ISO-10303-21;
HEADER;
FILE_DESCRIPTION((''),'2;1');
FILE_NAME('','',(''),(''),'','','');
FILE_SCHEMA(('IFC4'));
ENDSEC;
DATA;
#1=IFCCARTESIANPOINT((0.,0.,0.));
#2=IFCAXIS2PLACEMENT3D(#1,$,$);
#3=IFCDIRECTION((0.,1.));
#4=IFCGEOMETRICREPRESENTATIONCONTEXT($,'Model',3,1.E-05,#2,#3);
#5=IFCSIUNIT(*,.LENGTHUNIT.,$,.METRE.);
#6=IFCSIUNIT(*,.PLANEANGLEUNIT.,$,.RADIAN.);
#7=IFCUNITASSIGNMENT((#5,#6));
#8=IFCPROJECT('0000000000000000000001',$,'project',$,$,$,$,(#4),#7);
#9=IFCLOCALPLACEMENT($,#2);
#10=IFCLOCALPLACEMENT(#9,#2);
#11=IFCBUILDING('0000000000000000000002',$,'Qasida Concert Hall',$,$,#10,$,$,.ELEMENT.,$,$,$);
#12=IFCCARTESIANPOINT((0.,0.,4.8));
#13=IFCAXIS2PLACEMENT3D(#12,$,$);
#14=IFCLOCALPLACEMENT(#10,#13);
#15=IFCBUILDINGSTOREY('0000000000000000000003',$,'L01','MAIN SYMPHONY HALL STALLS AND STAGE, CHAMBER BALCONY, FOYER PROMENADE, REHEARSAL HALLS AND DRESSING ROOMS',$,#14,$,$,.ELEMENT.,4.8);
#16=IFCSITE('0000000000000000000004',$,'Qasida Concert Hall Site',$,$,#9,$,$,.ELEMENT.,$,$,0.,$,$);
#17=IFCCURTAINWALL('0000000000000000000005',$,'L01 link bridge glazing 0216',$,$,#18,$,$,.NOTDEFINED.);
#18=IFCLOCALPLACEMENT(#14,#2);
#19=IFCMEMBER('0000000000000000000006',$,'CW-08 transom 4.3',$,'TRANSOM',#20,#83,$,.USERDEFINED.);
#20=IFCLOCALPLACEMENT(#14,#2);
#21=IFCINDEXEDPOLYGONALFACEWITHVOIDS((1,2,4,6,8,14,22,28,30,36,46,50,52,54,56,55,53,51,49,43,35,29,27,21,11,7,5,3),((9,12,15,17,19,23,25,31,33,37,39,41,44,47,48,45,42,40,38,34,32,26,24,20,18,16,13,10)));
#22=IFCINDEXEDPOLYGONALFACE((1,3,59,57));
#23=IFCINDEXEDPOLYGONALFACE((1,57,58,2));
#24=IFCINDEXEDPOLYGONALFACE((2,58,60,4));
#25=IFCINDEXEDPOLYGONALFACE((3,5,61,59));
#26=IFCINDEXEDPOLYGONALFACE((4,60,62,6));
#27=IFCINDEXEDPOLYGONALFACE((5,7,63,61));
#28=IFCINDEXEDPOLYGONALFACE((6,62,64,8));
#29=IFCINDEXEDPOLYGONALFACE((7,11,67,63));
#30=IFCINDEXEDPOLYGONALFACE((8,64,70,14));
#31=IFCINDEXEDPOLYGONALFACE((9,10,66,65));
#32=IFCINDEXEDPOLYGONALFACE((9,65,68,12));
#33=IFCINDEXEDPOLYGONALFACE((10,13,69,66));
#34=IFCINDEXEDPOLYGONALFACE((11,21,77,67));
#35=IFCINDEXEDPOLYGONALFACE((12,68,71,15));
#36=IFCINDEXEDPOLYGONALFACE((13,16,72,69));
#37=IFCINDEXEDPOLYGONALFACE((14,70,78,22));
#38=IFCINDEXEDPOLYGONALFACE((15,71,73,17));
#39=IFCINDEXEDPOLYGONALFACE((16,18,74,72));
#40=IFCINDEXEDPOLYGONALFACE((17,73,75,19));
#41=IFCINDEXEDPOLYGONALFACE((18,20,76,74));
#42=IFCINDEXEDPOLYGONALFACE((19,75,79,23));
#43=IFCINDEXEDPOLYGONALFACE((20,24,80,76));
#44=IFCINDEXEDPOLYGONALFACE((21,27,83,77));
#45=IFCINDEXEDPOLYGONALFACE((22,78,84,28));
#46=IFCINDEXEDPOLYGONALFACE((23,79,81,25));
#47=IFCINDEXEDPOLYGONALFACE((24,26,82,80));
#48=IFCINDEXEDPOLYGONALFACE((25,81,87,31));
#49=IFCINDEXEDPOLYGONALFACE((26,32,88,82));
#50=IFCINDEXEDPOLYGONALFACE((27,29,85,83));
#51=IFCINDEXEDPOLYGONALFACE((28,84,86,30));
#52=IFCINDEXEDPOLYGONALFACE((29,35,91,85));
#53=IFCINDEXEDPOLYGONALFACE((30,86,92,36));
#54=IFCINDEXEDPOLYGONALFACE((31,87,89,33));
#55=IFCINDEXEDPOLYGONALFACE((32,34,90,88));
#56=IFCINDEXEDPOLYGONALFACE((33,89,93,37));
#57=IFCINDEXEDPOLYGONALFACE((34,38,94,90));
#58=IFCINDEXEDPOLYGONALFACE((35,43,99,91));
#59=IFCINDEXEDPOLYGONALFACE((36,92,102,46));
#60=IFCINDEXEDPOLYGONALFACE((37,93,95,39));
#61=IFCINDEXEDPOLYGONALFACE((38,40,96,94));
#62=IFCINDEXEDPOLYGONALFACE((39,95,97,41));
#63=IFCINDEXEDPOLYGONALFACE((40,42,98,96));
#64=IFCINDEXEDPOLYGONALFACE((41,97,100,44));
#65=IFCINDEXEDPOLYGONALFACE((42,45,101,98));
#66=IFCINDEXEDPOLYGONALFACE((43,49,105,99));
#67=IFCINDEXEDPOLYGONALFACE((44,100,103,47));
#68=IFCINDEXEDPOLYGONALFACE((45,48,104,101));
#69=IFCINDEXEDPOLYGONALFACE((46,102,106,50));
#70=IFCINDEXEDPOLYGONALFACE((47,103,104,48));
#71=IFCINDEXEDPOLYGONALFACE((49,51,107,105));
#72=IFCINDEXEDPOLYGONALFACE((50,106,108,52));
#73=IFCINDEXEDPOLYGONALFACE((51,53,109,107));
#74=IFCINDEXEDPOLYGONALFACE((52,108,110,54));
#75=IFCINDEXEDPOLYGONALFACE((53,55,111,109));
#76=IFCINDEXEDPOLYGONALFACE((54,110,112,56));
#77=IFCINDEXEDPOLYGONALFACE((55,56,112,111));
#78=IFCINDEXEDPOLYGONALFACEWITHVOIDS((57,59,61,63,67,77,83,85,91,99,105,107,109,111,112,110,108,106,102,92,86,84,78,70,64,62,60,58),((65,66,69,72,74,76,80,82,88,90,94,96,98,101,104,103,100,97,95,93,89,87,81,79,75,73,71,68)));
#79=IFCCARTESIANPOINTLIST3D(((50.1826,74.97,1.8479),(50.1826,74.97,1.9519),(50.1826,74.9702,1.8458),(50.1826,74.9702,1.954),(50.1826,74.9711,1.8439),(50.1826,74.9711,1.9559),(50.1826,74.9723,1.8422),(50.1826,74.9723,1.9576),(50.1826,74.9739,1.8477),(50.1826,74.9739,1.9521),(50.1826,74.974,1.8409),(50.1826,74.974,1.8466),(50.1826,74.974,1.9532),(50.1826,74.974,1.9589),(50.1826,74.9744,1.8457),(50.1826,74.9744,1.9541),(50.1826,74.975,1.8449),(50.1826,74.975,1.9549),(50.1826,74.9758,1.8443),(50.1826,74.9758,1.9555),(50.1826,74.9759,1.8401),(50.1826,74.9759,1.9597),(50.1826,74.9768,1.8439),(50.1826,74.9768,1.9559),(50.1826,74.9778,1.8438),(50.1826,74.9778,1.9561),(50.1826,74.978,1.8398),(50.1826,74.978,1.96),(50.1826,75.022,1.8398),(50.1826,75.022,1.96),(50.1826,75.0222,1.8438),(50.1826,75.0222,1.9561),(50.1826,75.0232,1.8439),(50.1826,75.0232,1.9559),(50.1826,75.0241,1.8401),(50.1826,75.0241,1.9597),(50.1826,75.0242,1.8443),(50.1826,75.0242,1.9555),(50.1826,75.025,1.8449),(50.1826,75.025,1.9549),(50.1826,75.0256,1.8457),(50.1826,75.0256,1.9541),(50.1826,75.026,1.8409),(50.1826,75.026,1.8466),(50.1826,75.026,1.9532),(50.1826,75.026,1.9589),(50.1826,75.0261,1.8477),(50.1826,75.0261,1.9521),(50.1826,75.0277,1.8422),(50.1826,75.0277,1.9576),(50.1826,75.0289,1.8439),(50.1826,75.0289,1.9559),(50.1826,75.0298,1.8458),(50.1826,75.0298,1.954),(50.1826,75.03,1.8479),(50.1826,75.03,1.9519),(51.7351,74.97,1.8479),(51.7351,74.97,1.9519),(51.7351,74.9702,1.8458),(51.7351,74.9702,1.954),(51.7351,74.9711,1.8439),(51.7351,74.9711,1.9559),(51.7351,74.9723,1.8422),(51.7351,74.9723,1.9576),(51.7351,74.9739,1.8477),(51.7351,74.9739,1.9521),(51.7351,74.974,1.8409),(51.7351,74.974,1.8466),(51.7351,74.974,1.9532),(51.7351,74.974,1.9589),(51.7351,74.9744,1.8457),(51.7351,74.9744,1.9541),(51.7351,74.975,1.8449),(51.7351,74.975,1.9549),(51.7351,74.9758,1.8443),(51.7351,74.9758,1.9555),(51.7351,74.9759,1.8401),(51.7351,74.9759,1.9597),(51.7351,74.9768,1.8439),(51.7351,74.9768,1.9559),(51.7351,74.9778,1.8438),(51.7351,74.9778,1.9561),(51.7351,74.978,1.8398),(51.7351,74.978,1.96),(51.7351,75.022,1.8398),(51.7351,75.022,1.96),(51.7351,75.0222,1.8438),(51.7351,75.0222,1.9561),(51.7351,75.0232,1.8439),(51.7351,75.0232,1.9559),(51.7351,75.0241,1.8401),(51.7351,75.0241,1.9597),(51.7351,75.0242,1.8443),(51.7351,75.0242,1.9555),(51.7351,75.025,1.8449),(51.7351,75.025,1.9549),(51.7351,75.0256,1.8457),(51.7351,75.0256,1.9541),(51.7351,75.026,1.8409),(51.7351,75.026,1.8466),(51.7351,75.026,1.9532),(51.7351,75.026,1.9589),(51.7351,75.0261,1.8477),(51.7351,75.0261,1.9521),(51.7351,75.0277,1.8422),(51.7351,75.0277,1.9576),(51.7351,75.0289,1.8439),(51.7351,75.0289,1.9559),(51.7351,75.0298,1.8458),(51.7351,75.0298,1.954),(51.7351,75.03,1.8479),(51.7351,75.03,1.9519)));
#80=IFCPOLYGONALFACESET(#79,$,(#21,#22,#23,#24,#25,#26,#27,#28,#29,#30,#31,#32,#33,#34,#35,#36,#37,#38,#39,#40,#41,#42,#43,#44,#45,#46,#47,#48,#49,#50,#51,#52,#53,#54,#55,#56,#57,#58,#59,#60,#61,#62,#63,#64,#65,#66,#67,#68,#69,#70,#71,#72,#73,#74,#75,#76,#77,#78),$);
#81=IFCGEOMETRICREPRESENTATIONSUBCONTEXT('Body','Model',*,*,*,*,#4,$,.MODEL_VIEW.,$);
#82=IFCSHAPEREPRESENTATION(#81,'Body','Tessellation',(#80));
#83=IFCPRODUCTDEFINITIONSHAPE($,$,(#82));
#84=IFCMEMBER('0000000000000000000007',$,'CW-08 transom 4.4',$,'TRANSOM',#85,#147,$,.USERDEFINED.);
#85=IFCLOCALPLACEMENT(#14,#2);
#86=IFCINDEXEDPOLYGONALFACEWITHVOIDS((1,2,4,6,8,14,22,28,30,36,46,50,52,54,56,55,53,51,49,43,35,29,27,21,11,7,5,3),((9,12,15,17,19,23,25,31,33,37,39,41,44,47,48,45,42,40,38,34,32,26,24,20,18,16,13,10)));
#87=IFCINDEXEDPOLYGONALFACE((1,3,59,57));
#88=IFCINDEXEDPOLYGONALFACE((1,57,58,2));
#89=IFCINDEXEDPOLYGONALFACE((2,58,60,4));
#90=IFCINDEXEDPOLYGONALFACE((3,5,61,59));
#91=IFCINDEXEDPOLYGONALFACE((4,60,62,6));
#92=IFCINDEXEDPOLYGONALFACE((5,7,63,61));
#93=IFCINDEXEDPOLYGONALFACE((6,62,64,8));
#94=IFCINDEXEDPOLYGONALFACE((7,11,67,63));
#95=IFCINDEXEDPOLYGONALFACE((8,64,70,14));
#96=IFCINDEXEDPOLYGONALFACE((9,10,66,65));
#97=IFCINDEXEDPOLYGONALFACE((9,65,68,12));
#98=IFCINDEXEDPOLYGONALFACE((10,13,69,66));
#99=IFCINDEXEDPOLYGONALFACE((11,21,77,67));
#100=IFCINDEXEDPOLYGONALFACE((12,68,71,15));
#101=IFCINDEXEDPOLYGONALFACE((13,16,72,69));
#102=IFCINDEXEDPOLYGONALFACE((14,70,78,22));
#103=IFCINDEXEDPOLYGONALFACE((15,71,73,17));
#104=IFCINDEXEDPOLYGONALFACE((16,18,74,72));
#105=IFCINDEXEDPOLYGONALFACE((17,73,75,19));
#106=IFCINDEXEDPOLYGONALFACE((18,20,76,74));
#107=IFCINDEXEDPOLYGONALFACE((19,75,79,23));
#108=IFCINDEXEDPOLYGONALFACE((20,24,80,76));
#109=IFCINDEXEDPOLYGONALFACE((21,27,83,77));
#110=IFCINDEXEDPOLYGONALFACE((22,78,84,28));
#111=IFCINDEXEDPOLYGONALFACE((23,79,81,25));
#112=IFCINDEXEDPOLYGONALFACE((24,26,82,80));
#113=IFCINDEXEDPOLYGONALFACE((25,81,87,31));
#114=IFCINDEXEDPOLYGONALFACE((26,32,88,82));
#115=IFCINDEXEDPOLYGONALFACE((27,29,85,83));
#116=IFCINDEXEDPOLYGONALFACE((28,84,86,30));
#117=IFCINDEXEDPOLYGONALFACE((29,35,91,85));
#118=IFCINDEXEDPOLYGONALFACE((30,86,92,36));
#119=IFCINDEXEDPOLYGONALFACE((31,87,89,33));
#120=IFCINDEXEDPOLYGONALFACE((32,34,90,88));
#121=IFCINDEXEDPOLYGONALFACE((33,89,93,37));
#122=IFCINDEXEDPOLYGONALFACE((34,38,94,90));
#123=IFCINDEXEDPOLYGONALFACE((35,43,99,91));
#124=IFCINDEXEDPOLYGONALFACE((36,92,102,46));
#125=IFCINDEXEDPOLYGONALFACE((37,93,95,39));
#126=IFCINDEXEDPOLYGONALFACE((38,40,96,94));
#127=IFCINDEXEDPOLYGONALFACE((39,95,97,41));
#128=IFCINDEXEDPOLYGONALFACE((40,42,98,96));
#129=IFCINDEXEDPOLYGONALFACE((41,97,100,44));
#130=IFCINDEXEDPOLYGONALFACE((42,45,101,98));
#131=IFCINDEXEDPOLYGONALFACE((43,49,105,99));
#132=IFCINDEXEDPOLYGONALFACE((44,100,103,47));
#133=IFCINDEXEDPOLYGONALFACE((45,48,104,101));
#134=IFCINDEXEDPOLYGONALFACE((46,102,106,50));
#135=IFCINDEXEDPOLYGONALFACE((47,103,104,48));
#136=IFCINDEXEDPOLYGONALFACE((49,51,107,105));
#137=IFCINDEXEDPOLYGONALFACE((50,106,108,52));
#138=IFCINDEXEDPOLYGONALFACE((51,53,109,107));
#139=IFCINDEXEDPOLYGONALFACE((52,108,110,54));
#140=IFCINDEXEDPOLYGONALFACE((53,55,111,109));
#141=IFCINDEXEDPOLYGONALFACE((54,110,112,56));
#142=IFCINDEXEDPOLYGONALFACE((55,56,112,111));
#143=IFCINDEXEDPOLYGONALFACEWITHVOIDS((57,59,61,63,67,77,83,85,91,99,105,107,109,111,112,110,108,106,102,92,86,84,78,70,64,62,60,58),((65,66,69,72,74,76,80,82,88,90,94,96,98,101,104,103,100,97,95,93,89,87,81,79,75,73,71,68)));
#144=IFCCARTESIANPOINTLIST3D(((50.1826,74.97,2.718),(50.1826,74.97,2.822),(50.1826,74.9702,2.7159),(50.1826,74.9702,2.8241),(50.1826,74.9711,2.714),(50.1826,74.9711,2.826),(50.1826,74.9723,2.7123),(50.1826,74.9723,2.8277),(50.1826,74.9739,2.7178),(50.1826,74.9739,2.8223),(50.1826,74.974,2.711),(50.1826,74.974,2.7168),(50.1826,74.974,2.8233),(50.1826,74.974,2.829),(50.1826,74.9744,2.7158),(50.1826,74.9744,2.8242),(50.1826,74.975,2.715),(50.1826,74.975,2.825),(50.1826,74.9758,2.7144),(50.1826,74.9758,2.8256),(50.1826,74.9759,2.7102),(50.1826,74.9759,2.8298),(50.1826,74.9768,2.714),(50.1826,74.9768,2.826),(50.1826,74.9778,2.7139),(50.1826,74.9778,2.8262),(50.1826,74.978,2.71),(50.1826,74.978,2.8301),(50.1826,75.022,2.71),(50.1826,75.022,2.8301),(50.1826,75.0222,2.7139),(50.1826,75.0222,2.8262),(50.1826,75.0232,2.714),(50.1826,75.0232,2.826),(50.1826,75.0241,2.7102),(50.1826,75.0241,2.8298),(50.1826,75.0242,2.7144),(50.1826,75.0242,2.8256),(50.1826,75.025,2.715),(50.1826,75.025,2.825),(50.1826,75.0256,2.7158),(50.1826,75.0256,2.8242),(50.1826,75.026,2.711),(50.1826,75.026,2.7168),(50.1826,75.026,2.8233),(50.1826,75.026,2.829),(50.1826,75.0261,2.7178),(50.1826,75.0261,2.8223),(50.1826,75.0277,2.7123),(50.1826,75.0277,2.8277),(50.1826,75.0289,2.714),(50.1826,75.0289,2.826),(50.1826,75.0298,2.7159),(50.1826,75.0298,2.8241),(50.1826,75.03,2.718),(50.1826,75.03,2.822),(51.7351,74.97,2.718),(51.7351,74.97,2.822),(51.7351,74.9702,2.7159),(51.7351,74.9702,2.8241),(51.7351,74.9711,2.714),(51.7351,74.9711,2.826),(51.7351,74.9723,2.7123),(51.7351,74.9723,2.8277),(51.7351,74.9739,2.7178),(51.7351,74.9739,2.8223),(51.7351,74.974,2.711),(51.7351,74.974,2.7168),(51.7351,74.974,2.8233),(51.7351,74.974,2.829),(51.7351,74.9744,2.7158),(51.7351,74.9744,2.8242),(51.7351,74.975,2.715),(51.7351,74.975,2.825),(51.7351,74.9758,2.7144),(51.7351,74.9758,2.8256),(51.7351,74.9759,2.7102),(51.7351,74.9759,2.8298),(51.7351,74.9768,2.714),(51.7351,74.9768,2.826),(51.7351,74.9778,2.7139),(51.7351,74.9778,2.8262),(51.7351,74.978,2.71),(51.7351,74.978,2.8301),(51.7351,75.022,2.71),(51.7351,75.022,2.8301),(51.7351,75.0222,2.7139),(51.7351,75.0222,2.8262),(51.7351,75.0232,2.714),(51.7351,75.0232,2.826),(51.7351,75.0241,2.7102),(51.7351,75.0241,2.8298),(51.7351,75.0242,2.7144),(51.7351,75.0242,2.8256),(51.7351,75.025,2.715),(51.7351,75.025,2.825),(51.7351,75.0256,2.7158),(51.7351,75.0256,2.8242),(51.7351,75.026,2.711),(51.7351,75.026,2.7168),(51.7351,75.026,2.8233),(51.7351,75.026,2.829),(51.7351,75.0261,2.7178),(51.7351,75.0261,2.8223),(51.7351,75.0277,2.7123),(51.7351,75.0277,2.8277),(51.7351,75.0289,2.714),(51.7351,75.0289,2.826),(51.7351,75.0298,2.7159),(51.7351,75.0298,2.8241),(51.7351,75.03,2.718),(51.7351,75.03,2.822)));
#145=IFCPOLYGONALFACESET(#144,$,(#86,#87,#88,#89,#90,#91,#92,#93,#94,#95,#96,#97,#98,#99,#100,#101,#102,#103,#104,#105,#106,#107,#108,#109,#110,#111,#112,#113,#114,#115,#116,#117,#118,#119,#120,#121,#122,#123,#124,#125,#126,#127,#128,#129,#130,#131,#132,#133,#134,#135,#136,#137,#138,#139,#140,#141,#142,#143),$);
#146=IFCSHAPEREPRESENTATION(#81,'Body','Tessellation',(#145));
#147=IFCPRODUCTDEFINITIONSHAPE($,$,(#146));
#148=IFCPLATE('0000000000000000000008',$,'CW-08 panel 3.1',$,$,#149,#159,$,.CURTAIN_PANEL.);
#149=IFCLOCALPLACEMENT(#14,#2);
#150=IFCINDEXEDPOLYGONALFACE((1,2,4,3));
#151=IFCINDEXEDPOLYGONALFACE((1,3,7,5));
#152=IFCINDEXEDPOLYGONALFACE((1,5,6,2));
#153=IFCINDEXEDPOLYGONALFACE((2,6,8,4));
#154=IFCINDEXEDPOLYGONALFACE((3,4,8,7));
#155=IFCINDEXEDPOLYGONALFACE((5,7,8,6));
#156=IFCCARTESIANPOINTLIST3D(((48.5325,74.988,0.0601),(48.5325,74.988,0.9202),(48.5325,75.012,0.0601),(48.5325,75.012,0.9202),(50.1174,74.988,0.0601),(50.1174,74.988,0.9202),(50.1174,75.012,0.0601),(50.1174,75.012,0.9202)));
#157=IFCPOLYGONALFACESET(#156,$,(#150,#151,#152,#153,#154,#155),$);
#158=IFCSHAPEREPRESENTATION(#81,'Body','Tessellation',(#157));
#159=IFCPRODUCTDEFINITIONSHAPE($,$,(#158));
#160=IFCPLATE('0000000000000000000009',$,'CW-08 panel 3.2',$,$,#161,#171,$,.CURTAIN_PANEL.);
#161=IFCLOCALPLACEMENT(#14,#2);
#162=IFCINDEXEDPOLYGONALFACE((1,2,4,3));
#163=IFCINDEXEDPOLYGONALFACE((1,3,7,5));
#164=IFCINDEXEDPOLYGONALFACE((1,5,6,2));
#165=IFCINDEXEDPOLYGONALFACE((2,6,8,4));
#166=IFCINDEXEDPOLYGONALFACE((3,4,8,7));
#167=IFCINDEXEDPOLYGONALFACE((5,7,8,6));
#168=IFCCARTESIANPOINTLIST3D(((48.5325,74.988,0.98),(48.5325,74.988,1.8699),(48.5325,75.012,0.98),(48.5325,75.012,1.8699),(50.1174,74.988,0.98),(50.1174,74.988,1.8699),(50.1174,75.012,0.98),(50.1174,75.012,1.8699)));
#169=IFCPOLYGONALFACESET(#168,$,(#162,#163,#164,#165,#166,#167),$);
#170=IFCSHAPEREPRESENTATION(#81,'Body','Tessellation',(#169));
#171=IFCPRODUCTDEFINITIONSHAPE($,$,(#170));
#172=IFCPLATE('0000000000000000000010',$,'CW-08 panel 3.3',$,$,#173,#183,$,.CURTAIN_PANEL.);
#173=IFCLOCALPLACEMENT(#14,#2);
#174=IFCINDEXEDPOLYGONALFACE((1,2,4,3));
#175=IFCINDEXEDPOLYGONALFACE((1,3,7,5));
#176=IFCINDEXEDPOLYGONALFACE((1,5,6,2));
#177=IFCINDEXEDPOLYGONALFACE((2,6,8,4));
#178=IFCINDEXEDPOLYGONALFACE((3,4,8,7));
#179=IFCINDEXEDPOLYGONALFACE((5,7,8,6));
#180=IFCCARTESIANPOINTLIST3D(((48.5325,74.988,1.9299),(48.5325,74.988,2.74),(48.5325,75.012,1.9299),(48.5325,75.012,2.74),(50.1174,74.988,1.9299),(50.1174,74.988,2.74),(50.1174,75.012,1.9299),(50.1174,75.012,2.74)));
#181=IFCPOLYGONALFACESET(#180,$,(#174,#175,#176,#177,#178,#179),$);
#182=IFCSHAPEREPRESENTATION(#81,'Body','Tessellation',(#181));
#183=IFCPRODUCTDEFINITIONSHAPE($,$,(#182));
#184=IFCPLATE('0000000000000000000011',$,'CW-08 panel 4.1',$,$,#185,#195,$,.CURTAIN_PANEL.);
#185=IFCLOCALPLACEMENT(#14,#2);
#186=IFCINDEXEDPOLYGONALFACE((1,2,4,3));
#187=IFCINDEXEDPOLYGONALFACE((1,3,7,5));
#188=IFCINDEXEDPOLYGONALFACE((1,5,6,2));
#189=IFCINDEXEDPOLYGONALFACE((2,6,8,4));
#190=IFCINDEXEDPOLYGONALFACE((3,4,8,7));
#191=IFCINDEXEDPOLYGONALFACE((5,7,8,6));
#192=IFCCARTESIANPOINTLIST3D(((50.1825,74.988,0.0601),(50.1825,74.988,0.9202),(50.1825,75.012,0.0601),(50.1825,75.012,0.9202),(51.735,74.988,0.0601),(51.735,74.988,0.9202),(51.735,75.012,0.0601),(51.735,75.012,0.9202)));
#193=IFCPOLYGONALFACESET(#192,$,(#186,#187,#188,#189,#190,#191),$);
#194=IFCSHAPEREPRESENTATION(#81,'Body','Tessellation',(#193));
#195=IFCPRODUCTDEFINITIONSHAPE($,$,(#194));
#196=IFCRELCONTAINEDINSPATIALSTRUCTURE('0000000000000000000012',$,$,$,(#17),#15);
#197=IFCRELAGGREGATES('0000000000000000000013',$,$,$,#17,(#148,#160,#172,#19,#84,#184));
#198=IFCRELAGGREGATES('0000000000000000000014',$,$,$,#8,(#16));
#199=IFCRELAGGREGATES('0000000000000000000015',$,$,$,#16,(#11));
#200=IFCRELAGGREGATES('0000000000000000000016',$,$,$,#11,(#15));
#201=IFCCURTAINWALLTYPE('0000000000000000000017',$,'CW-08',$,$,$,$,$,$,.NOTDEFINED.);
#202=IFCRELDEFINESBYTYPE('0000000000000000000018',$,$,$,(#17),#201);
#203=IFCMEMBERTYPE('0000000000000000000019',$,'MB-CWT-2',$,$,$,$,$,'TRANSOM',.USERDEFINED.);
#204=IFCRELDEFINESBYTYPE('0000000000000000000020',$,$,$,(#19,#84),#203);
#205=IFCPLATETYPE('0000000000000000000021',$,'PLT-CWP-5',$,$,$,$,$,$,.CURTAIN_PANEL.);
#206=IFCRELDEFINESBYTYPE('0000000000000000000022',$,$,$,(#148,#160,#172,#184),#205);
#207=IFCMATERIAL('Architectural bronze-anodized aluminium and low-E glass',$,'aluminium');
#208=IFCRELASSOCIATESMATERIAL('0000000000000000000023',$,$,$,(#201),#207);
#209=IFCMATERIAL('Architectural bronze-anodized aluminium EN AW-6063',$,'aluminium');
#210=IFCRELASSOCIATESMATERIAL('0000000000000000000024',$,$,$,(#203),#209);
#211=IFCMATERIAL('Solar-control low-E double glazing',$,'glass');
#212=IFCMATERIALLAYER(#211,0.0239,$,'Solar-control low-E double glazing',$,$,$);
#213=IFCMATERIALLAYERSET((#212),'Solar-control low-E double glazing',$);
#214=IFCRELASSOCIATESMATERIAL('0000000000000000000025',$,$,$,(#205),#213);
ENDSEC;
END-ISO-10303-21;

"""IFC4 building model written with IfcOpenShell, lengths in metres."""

from ifc_helpers import new_model, si_unit, direction, frame, origin, origin_2d, place, context, subcontext, project, spatial, rectangle, hollow_rectangle, extrude, material, layer, layer_set, material_profile, profile_set, type_object, element, aggregate, save


model = new_model("IFC4")

# Units and contexts
model_context = context("Model", 3, precision=1e-05, world=origin(), true_north=direction((0.0, 1.0)))
body_context = subcontext(model_context, "Body", "Model", "MODEL_VIEW")
ifc_project = project(units=[si_unit("LENGTHUNIT", "METRE"), si_unit("PLANEANGLEUNIT", "RADIAN")], contexts=[model_context])

# Site, building, storey
site_placement = place(None, origin())
site = spatial("IfcSite", under=ifc_project, at=site_placement, Name="Qasida Concert Hall Site", CompositionType="ELEMENT", RefElevation=0.0)
building_placement = place(site_placement, origin())
building = spatial("IfcBuilding", under=site, at=building_placement, Name="Qasida Concert Hall", CompositionType="ELEMENT")
storey_placement = place(building_placement, frame((0.0, 0.0, 4.8)))
storey = spatial("IfcBuildingStorey", under=building, at=storey_placement, Name="L01", Description="MAIN SYMPHONY HALL STALLS AND STAGE, CHAMBER BALCONY, FOYER PROMENADE, REHEARSAL HALLS AND DRESSING ROOMS", CompositionType="ELEMENT", Elevation=4.8)

# Curtain wall, members, plates
ifc_material_1 = material(Name="Architectural bronze-anodized aluminium and low-E glass", Category="aluminium")
curtain_wall_type = type_object("IfcCurtainWallType", Name="CW-08", PredefinedType="NOTDEFINED", material=ifc_material_1)
curtain_wall_placement = place(storey_placement, origin())
curtain_wall = element("IfcCurtainWall", 1, at=curtain_wall_placement, inside=storey, type_object=curtain_wall_type, Name="L01 link bridge glazing 0216", PredefinedType="NOTDEFINED")
ifc_material_2 = material(Name="Architectural bronze-anodized aluminium EN AW-6063", Category="aluminium")
ifc_material_profile_1 = material_profile(ifc_material_2, hollow_rectangle(XDim=0.0601, YDim=0.1201, WallThickness=0.0039, InnerFilletRadius=0.0039, OuterFilletRadius=0.0081, at=origin_2d()), Name="CWT 120x60x4")
ifc_profile_set_1 = profile_set([ifc_material_profile_1], Name="Architectural bronze-anodized aluminium EN AW-6063")
member_type_1 = type_object("IfcMemberType", Name="MB-CWT-2", ElementType="TRANSOM", PredefinedType="USERDEFINED", material=ifc_profile_set_1)
member_1_placement = place(storey_placement, frame((50.1826, 75.0, 1.8999), z_axis=(1.0, 0.0, 0.0), x_axis=(0.0, 1.0, 0.0)))
member_1 = element("IfcMember", 2, at=member_1_placement, type_object=member_type_1, Name="CW-08 transom 4.3", ObjectType="TRANSOM", PredefinedType="USERDEFINED", context=body_context, shape_type="SweptSolid", body=[
    extrude(hollow_rectangle(XDim=0.0601, YDim=0.1201, WallThickness=0.0039, InnerFilletRadius=0.0039, OuterFilletRadius=0.0081, at=origin_2d()), origin(), (0.0, 0.0, 1.0), 1.5525),
])
member_2_placement = place(storey_placement, frame((50.1826, 75.0, 2.77), z_axis=(1.0, 0.0, 0.0), x_axis=(0.0, 1.0, 0.0)))
member_2 = element("IfcMember", 3, at=member_2_placement, type_object=member_type_1, Name="CW-08 transom 4.4", ObjectType="TRANSOM", PredefinedType="USERDEFINED", context=body_context, shape_type="SweptSolid", body=[
    extrude(hollow_rectangle(XDim=0.0601, YDim=0.1201, WallThickness=0.0039, InnerFilletRadius=0.0039, OuterFilletRadius=0.0081, at=origin_2d()), origin(), (0.0, 0.0, 1.0), 1.5525),
])
ifc_material_3 = material(Name="Solar-control low-E double glazing", Category="glass")
ifc_layer = layer(ifc_material_3, 0.0239, Name="Solar-control low-E double glazing")
ifc_layer_set = layer_set([ifc_layer], Name="Solar-control low-E double glazing")
plate_type = type_object("IfcPlateType", Name="PLT-CWP-5", PredefinedType="CURTAIN_PANEL", material=ifc_layer_set)
plate_1_placement = place(storey_placement, frame((49.325, 75.0, 0.0601), z_axis=(0.0, 0.0, 1.0), x_axis=(1.0, 0.0, 0.0)))
plate_1 = element("IfcPlate", 4, at=plate_1_placement, type_object=plate_type, Name="CW-08 panel 3.1", PredefinedType="CURTAIN_PANEL", context=body_context, shape_type="SweptSolid", body=[
    extrude(rectangle(XDim=1.585, YDim=0.0239, at=origin_2d()), origin(), (0.0, 0.0, 1.0), 0.8601),
])
plate_2_placement = place(storey_placement, frame((49.325, 75.0, 0.98), z_axis=(0.0, 0.0, 1.0), x_axis=(1.0, 0.0, 0.0)))
plate_2 = element("IfcPlate", 5, at=plate_2_placement, type_object=plate_type, Name="CW-08 panel 3.2", PredefinedType="CURTAIN_PANEL", context=body_context, shape_type="SweptSolid", body=[
    extrude(rectangle(XDim=1.585, YDim=0.0239, at=origin_2d()), origin(), (0.0, 0.0, 1.0), 0.8899),
])
plate_3_placement = place(storey_placement, frame((49.325, 75.0, 1.9299), z_axis=(0.0, 0.0, 1.0), x_axis=(1.0, 0.0, 0.0)))
plate_3 = element("IfcPlate", 6, at=plate_3_placement, type_object=plate_type, Name="CW-08 panel 3.3", PredefinedType="CURTAIN_PANEL", context=body_context, shape_type="SweptSolid", body=[
    extrude(rectangle(XDim=1.585, YDim=0.0239, at=origin_2d()), origin(), (0.0, 0.0, 1.0), 0.8101),
])
plate_4_placement = place(storey_placement, frame((50.9587, 75.0, 0.0601), z_axis=(0.0, 0.0, 1.0), x_axis=(1.0, 0.0, 0.0)))
plate_4 = element("IfcPlate", 7, at=plate_4_placement, type_object=plate_type, Name="CW-08 panel 4.1", PredefinedType="CURTAIN_PANEL", context=body_context, shape_type="SweptSolid", body=[
    extrude(rectangle(XDim=1.5525, YDim=0.0239, at=origin_2d()), origin(), (0.0, 0.0, 1.0), 0.8601),
])
aggregate(curtain_wall, [plate_1, plate_2, plate_3, member_1, member_2, plate_4])

save(model, "model.ifc")
